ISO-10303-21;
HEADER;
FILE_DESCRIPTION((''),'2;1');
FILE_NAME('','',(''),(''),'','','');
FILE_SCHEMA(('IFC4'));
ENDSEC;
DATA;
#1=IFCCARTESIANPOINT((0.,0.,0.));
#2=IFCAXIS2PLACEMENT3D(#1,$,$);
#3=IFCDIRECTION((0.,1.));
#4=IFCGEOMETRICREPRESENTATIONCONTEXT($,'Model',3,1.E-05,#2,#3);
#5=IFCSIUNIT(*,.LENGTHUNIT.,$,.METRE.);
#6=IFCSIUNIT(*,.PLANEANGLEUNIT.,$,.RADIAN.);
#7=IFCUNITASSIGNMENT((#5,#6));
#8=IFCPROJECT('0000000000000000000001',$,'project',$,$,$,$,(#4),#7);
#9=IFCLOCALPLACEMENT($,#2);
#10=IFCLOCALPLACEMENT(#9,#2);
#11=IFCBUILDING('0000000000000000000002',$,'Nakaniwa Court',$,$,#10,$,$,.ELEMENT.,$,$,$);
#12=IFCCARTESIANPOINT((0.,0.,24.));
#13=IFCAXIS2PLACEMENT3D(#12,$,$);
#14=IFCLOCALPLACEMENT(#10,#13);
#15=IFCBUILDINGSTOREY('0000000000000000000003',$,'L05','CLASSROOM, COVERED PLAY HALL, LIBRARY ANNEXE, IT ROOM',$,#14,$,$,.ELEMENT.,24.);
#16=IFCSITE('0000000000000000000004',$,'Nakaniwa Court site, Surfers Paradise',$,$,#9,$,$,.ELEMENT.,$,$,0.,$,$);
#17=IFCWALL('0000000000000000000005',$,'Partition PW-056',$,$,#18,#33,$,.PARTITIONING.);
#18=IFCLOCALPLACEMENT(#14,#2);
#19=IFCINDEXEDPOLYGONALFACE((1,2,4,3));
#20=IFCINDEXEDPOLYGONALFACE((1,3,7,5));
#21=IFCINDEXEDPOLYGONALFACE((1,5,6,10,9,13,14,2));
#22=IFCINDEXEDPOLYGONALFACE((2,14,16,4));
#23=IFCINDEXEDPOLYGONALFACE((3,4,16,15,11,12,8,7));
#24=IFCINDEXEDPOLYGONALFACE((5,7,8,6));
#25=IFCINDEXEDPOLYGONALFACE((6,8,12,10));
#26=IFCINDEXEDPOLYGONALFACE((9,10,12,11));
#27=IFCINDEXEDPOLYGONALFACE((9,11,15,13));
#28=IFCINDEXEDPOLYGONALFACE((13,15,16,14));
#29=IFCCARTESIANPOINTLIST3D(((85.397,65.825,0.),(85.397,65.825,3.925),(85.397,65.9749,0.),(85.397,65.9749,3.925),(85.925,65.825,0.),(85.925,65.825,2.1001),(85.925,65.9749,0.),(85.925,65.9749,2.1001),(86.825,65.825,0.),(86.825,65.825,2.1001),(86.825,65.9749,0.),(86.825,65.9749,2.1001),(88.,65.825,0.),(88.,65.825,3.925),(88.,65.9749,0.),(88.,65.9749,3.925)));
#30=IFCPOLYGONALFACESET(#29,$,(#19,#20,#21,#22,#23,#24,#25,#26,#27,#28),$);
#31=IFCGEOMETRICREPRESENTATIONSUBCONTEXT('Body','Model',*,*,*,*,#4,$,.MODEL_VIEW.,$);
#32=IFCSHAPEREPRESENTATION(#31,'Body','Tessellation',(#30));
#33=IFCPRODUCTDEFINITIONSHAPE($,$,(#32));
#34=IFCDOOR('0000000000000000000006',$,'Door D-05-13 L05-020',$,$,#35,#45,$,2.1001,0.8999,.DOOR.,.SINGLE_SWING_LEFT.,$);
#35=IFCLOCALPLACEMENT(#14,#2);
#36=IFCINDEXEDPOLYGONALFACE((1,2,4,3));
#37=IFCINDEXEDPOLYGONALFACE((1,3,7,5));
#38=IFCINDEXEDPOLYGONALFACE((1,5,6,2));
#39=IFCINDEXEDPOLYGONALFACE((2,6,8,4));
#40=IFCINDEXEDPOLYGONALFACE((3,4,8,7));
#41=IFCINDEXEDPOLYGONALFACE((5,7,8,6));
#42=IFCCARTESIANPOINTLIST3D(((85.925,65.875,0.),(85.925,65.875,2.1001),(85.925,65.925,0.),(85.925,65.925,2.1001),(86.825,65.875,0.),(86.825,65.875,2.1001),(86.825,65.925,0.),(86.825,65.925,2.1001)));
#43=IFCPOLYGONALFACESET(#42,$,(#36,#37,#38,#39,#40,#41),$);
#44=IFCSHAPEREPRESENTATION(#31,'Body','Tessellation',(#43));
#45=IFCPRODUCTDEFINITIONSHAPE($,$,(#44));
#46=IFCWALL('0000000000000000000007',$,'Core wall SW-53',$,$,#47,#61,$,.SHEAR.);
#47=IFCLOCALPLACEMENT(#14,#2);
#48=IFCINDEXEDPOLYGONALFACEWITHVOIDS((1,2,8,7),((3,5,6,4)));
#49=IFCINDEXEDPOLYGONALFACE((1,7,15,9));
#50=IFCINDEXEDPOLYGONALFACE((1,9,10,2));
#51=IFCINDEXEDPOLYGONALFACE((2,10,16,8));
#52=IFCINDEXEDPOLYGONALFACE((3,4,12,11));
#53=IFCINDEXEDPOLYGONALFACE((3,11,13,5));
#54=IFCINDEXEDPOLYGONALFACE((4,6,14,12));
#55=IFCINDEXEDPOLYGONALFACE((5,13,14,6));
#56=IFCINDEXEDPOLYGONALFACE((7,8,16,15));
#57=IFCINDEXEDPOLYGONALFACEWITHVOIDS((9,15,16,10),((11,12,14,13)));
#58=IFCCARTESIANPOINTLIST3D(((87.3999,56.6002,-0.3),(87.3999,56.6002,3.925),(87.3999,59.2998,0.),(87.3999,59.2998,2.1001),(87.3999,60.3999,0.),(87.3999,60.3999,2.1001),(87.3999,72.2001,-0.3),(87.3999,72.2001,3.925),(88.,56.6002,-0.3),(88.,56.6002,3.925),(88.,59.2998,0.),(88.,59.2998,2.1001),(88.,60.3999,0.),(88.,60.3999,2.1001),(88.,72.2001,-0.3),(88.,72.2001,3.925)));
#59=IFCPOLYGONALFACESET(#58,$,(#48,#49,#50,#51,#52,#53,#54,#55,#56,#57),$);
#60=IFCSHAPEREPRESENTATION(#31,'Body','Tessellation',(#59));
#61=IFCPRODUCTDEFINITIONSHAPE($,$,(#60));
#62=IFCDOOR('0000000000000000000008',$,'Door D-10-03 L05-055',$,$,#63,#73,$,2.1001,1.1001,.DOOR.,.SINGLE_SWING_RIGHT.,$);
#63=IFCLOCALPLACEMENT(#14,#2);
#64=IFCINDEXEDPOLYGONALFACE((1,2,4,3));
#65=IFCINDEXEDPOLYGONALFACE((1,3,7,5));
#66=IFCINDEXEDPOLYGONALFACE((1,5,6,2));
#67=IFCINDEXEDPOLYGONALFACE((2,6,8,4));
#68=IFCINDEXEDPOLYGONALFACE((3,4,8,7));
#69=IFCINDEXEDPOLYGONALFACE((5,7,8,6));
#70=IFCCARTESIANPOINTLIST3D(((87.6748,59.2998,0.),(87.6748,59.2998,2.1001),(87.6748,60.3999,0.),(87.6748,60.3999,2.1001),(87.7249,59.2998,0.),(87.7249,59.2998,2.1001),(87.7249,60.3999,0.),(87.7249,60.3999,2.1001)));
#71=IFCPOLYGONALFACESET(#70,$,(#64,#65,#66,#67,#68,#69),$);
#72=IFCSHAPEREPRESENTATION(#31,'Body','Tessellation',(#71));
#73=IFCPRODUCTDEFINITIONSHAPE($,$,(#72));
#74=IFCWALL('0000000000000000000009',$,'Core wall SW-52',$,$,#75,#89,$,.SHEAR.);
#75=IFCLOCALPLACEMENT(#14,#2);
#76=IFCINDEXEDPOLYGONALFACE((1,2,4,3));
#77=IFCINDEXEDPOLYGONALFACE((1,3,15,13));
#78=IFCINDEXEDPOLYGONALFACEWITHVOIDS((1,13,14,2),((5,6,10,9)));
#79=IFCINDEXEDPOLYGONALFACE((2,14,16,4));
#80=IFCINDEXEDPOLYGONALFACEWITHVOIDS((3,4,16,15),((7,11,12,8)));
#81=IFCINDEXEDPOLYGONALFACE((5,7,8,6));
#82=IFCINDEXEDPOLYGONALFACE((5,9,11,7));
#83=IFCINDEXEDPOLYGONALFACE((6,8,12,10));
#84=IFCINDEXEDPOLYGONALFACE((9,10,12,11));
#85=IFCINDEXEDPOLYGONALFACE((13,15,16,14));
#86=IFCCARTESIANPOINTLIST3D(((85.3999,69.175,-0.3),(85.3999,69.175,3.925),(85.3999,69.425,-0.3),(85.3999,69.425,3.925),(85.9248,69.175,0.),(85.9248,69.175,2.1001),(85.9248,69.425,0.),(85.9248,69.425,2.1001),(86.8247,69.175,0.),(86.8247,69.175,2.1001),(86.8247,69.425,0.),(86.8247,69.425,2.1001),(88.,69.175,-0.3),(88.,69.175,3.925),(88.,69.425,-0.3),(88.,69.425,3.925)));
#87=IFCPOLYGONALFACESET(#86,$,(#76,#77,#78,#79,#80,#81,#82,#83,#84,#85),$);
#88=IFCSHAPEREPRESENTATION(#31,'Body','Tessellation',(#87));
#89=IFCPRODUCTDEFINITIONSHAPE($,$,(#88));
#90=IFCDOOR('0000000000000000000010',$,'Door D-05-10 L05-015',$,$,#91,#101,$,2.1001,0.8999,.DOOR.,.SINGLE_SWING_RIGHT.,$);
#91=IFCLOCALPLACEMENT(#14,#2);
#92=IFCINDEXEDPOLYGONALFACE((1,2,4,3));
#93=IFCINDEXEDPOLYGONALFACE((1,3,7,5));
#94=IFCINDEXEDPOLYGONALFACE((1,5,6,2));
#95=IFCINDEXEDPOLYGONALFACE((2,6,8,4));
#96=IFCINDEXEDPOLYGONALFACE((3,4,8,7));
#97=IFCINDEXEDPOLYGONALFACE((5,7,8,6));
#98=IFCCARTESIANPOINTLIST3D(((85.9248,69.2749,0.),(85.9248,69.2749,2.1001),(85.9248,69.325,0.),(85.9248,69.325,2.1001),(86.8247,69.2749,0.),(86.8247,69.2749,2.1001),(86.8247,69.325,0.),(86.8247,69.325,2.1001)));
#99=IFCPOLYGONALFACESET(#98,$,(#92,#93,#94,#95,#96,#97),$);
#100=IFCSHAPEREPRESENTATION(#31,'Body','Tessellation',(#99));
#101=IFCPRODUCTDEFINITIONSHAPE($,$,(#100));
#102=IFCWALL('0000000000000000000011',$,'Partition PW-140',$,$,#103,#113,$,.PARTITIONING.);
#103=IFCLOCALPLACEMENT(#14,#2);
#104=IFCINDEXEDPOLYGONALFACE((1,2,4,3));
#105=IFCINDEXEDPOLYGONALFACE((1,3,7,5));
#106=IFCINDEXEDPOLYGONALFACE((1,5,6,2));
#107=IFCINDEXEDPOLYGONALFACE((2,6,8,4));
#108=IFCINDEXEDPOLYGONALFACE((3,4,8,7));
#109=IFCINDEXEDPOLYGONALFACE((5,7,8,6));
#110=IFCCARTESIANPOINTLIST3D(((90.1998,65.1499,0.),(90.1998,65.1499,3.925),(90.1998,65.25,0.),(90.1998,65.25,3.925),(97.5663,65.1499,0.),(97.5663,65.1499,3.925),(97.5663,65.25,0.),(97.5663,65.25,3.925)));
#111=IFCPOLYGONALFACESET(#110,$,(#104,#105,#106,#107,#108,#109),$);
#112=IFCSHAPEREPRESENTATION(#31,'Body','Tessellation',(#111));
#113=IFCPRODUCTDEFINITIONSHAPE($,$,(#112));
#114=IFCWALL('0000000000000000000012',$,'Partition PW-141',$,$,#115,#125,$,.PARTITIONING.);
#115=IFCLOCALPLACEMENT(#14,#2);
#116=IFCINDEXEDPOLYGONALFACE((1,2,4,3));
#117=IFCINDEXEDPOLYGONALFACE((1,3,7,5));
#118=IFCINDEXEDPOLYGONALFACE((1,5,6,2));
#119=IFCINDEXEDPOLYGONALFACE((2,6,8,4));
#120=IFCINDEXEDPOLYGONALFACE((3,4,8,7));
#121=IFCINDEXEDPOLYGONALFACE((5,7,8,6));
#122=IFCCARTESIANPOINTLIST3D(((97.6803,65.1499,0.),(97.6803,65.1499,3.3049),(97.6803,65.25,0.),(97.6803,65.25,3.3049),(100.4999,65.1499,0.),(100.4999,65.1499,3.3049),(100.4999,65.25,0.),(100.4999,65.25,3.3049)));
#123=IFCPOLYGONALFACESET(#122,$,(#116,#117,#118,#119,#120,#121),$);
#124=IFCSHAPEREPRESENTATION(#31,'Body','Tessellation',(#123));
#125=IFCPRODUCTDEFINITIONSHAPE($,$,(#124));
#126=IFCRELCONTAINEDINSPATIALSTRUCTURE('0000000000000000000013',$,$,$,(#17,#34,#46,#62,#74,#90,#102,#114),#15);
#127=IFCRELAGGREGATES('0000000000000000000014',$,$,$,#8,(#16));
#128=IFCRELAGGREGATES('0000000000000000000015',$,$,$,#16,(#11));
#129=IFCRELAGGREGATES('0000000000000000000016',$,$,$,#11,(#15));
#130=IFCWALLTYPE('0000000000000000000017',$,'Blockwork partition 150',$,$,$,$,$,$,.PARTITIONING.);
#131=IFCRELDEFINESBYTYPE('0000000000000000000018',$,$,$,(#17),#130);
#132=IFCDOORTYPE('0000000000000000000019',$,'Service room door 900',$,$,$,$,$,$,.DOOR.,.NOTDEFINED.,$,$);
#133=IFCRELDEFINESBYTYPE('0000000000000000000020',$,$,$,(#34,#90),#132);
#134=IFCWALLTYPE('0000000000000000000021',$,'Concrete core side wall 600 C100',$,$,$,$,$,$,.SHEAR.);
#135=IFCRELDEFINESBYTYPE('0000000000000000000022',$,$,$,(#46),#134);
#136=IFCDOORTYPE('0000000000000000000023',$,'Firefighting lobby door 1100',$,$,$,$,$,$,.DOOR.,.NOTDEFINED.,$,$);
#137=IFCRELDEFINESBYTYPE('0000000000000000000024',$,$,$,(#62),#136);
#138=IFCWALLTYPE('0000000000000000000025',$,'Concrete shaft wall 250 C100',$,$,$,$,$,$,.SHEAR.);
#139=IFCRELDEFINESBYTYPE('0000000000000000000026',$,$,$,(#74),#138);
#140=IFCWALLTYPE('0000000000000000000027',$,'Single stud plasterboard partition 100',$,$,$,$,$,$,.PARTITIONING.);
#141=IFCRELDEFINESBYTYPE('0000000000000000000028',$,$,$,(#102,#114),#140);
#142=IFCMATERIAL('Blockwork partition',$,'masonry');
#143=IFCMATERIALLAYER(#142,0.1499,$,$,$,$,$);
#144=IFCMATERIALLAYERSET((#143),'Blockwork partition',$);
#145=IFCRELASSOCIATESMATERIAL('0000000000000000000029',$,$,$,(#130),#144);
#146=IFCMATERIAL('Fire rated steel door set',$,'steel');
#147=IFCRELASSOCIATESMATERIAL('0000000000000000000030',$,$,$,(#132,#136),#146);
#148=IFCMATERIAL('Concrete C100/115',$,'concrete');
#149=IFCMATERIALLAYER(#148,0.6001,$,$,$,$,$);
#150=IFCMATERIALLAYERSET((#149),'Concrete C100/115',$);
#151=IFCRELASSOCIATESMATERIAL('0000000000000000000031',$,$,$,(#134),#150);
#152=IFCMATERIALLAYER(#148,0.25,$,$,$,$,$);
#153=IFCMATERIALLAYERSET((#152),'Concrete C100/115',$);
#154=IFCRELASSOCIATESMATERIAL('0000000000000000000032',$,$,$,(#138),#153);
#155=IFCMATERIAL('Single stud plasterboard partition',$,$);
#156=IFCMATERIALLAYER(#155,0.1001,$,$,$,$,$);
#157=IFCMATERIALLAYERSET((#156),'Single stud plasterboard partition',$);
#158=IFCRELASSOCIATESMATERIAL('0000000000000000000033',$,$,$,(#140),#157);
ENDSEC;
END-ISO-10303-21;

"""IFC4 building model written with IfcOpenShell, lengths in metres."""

from ifc_helpers import new_model, si_unit, direction, frame, frame_2d, origin, place, context, subcontext, project, spatial, rectangle, extrude, material, layer, layer_set, type_object, element, fill, save


model = new_model("IFC4")

# Units and contexts
model_context = context("Model", 3, precision=1e-05, world=origin(), true_north=direction((0.0, 1.0)))
body_context = subcontext(model_context, "Body", "Model", "MODEL_VIEW")
ifc_project = project(units=[si_unit("LENGTHUNIT", "METRE"), si_unit("PLANEANGLEUNIT", "RADIAN")], contexts=[model_context])

# Site, building, storey
site_placement = place(None, origin())
site = spatial("IfcSite", under=ifc_project, at=site_placement, Name="Nakaniwa Court site, Surfers Paradise", CompositionType="ELEMENT", RefElevation=0.0)
building_placement = place(site_placement, origin())
building = spatial("IfcBuilding", under=site, at=building_placement, Name="Nakaniwa Court", CompositionType="ELEMENT")
storey_placement = place(building_placement, frame((0.0, 0.0, 24.0)))
storey = spatial("IfcBuildingStorey", under=building, at=storey_placement, Name="L05", Description="CLASSROOM, COVERED PLAY HALL, LIBRARY ANNEXE, IT ROOM", CompositionType="ELEMENT", Elevation=24.0)

# Shared definitions
ifc_material_1 = material(Name="Concrete C100/115", Category="concrete")

# Walls, openings, doors
ifc_material_2 = material(Name="Blockwork partition", Category="masonry")
ifc_layer_1 = layer(ifc_material_2, 0.1499)
ifc_layer_set_1 = layer_set([ifc_layer_1], Name="Blockwork partition")
wall_type_1 = type_object("IfcWallType", Name="Blockwork partition 150", PredefinedType="PARTITIONING", material=ifc_layer_set_1)
wall_1_placement = place(storey_placement, frame((88.0, 65.8999, 0.0), z_axis=(0.0, 0.0, 1.0), x_axis=(-1.0, 0.0, 0.0)))
wall_1 = element("IfcWall", 1, at=wall_1_placement, inside=storey, type_object=wall_type_1, Name="Partition PW-056", PredefinedType="PARTITIONING", context=body_context, shape_type="SweptSolid", body=[
    extrude(rectangle(XDim=2.603, YDim=0.1499, at=frame_2d((1.3015, 0.0))), origin(), (0.0, 0.0, 1.0), 3.925),
])
opening_1_placement = place(wall_1_placement, frame((1.175, 0.0, 0.0)))
opening_1 = element("IfcOpeningElement", 2, at=opening_1_placement, cuts=wall_1, PredefinedType="OPENING", context=body_context, shape_type="SweptSolid", body=[
    extrude(rectangle(XDim=0.8999, YDim=2.1001, at=frame_2d((0.45, 1.05))), frame((0.0, 0.085, 0.0), z_axis=(0.0, -1.0, 0.0), x_axis=(1.0, 0.0, 0.0)), (0.0, 0.0, 1.0), 0.1699),
])
ifc_material_3 = material(Name="Fire rated steel door set", Category="steel")
door_type_1 = type_object("IfcDoorType", Name="Service room door 900", OperationType="NOTDEFINED", PredefinedType="DOOR", material=ifc_material_3)
door_1_placement = place(opening_1_placement, origin())
door_1 = element("IfcDoor", 3, at=door_1_placement, inside=storey, type_object=door_type_1, Name="Door D-05-13 L05-020", OperationType="SINGLE_SWING_LEFT", OverallHeight=2.1001, OverallWidth=0.8999, PredefinedType="DOOR", context=body_context, shape_type="SweptSolid", body=[
    extrude(rectangle(XDim=0.8999, YDim=2.1001, at=frame_2d((0.45, 1.05))), frame((0.0, 0.0249, 0.0), z_axis=(0.0, -1.0, 0.0), x_axis=(1.0, 0.0, 0.0)), (0.0, 0.0, 1.0), 0.05),
])
fill(opening_1, door_1)
ifc_layer_2 = layer(ifc_material_1, 0.6001)
ifc_layer_set_2 = layer_set([ifc_layer_2], Name="Concrete C100/115")
wall_type_2 = type_object("IfcWallType", Name="Concrete core side wall 600 C100", PredefinedType="SHEAR", material=ifc_layer_set_2)
wall_2_placement = place(storey_placement, frame((87.7, 72.2, -0.3), z_axis=(0.0, 0.0, 1.0), x_axis=(0.0, -1.0, 0.0)))
wall_2 = element("IfcWall", 4, at=wall_2_placement, inside=storey, type_object=wall_type_2, Name="Core wall SW-53", PredefinedType="SHEAR", context=body_context, shape_type="SweptSolid", body=[
    extrude(rectangle(XDim=15.5999, YDim=0.6001, at=frame_2d((7.7998, 0.0))), origin(), (0.0, 0.0, 1.0), 4.2251),
])
opening_2_placement = place(wall_2_placement, frame((11.8, 0.0, 0.3)))
opening_2 = element("IfcOpeningElement", 5, at=opening_2_placement, cuts=wall_2, PredefinedType="OPENING", context=body_context, shape_type="SweptSolid", body=[
    extrude(rectangle(XDim=1.1001, YDim=2.1001, at=frame_2d((0.55, 1.05))), frame((0.0, 0.3101, 0.0), z_axis=(0.0, -1.0, 0.0), x_axis=(1.0, 0.0, 0.0)), (0.0, 0.0, 1.0), 0.6201),
])
door_type_2 = type_object("IfcDoorType", Name="Firefighting lobby door 1100", OperationType="NOTDEFINED", PredefinedType="DOOR", material=ifc_material_3)
door_2_placement = place(opening_2_placement, origin())
door_2 = element("IfcDoor", 6, at=door_2_placement, inside=storey, type_object=door_type_2, Name="Door D-10-03 L05-055", OperationType="SINGLE_SWING_RIGHT", OverallHeight=2.1001, OverallWidth=1.1001, PredefinedType="DOOR", context=body_context, shape_type="SweptSolid", body=[
    extrude(rectangle(XDim=1.1001, YDim=2.1001, at=frame_2d((0.55, 1.05))), frame((0.0, 0.0249, 0.0), z_axis=(0.0, -1.0, 0.0), x_axis=(1.0, 0.0, 0.0)), (0.0, 0.0, 1.0), 0.05),
])
fill(opening_2, door_2)
ifc_layer_3 = layer(ifc_material_1, 0.25)
ifc_layer_set_3 = layer_set([ifc_layer_3], Name="Concrete C100/115")
wall_type_3 = type_object("IfcWallType", Name="Concrete shaft wall 250 C100", PredefinedType="SHEAR", material=ifc_layer_set_3)
wall_3_placement = place(storey_placement, frame((85.3999, 69.3, -0.3), z_axis=(0.0, 0.0, 1.0), x_axis=(1.0, 0.0, 0.0)))
wall_3 = element("IfcWall", 7, at=wall_3_placement, inside=storey, type_object=wall_type_3, Name="Core wall SW-52", PredefinedType="SHEAR", context=body_context, shape_type="SweptSolid", body=[
    extrude(rectangle(XDim=2.6001, YDim=0.25, at=frame_2d((1.3, 0.0))), origin(), (0.0, 0.0, 1.0), 4.2251),
])
opening_3_placement = place(wall_3_placement, frame((0.5249, 0.0, 0.3)))
opening_3 = element("IfcOpeningElement", 8, at=opening_3_placement, cuts=wall_3, PredefinedType="OPENING", context=body_context, shape_type="SweptSolid", body=[
    extrude(rectangle(XDim=0.8999, YDim=2.1001, at=frame_2d((0.45, 1.05))), frame((0.0, 0.135, 0.0), z_axis=(0.0, -1.0, 0.0), x_axis=(1.0, 0.0, 0.0)), (0.0, 0.0, 1.0), 0.27),
])
door_3_placement = place(opening_3_placement, origin())
door_3 = element("IfcDoor", 9, at=door_3_placement, inside=storey, type_object=door_type_1, Name="Door D-05-10 L05-015", OperationType="SINGLE_SWING_RIGHT", OverallHeight=2.1001, OverallWidth=0.8999, PredefinedType="DOOR", context=body_context, shape_type="SweptSolid", body=[
    extrude(rectangle(XDim=0.8999, YDim=2.1001, at=frame_2d((0.45, 1.05))), frame((0.0, 0.0249, 0.0), z_axis=(0.0, -1.0, 0.0), x_axis=(1.0, 0.0, 0.0)), (0.0, 0.0, 1.0), 0.05),
])
fill(opening_3, door_3)

# Walls
ifc_material_4 = material(Name="Single stud plasterboard partition")
ifc_layer_4 = layer(ifc_material_4, 0.1001)
ifc_layer_set_4 = layer_set([ifc_layer_4], Name="Single stud plasterboard partition")
wall_type_4 = type_object("IfcWallType", Name="Single stud plasterboard partition 100", PredefinedType="PARTITIONING", material=ifc_layer_set_4)
wall_4_placement = place(storey_placement, frame((90.2, 65.2, 0.0), z_axis=(0.0, 0.0, 1.0), x_axis=(1.0, 0.0, 0.0)))
element("IfcWall", 10, at=wall_4_placement, inside=storey, type_object=wall_type_4, Name="Partition PW-140", PredefinedType="PARTITIONING", context=body_context, shape_type="SweptSolid", body=[
    extrude(rectangle(XDim=7.3665, YDim=0.1001, at=frame_2d((3.6831, 0.0))), origin(), (0.0, 0.0, 1.0), 3.925),
])
wall_5_placement = place(storey_placement, frame((97.6804, 65.2, 0.0), z_axis=(0.0, 0.0, 1.0), x_axis=(1.0, 0.0, 0.0)))
element("IfcWall", 11, at=wall_5_placement, inside=storey, type_object=wall_type_4, Name="Partition PW-141", PredefinedType="PARTITIONING", context=body_context, shape_type="SweptSolid", body=[
    extrude(rectangle(XDim=2.8196, YDim=0.1001, at=frame_2d((1.4097, 0.0))), origin(), (0.0, 0.0, 1.0), 3.3049),
])

save(model, "model.ifc")
